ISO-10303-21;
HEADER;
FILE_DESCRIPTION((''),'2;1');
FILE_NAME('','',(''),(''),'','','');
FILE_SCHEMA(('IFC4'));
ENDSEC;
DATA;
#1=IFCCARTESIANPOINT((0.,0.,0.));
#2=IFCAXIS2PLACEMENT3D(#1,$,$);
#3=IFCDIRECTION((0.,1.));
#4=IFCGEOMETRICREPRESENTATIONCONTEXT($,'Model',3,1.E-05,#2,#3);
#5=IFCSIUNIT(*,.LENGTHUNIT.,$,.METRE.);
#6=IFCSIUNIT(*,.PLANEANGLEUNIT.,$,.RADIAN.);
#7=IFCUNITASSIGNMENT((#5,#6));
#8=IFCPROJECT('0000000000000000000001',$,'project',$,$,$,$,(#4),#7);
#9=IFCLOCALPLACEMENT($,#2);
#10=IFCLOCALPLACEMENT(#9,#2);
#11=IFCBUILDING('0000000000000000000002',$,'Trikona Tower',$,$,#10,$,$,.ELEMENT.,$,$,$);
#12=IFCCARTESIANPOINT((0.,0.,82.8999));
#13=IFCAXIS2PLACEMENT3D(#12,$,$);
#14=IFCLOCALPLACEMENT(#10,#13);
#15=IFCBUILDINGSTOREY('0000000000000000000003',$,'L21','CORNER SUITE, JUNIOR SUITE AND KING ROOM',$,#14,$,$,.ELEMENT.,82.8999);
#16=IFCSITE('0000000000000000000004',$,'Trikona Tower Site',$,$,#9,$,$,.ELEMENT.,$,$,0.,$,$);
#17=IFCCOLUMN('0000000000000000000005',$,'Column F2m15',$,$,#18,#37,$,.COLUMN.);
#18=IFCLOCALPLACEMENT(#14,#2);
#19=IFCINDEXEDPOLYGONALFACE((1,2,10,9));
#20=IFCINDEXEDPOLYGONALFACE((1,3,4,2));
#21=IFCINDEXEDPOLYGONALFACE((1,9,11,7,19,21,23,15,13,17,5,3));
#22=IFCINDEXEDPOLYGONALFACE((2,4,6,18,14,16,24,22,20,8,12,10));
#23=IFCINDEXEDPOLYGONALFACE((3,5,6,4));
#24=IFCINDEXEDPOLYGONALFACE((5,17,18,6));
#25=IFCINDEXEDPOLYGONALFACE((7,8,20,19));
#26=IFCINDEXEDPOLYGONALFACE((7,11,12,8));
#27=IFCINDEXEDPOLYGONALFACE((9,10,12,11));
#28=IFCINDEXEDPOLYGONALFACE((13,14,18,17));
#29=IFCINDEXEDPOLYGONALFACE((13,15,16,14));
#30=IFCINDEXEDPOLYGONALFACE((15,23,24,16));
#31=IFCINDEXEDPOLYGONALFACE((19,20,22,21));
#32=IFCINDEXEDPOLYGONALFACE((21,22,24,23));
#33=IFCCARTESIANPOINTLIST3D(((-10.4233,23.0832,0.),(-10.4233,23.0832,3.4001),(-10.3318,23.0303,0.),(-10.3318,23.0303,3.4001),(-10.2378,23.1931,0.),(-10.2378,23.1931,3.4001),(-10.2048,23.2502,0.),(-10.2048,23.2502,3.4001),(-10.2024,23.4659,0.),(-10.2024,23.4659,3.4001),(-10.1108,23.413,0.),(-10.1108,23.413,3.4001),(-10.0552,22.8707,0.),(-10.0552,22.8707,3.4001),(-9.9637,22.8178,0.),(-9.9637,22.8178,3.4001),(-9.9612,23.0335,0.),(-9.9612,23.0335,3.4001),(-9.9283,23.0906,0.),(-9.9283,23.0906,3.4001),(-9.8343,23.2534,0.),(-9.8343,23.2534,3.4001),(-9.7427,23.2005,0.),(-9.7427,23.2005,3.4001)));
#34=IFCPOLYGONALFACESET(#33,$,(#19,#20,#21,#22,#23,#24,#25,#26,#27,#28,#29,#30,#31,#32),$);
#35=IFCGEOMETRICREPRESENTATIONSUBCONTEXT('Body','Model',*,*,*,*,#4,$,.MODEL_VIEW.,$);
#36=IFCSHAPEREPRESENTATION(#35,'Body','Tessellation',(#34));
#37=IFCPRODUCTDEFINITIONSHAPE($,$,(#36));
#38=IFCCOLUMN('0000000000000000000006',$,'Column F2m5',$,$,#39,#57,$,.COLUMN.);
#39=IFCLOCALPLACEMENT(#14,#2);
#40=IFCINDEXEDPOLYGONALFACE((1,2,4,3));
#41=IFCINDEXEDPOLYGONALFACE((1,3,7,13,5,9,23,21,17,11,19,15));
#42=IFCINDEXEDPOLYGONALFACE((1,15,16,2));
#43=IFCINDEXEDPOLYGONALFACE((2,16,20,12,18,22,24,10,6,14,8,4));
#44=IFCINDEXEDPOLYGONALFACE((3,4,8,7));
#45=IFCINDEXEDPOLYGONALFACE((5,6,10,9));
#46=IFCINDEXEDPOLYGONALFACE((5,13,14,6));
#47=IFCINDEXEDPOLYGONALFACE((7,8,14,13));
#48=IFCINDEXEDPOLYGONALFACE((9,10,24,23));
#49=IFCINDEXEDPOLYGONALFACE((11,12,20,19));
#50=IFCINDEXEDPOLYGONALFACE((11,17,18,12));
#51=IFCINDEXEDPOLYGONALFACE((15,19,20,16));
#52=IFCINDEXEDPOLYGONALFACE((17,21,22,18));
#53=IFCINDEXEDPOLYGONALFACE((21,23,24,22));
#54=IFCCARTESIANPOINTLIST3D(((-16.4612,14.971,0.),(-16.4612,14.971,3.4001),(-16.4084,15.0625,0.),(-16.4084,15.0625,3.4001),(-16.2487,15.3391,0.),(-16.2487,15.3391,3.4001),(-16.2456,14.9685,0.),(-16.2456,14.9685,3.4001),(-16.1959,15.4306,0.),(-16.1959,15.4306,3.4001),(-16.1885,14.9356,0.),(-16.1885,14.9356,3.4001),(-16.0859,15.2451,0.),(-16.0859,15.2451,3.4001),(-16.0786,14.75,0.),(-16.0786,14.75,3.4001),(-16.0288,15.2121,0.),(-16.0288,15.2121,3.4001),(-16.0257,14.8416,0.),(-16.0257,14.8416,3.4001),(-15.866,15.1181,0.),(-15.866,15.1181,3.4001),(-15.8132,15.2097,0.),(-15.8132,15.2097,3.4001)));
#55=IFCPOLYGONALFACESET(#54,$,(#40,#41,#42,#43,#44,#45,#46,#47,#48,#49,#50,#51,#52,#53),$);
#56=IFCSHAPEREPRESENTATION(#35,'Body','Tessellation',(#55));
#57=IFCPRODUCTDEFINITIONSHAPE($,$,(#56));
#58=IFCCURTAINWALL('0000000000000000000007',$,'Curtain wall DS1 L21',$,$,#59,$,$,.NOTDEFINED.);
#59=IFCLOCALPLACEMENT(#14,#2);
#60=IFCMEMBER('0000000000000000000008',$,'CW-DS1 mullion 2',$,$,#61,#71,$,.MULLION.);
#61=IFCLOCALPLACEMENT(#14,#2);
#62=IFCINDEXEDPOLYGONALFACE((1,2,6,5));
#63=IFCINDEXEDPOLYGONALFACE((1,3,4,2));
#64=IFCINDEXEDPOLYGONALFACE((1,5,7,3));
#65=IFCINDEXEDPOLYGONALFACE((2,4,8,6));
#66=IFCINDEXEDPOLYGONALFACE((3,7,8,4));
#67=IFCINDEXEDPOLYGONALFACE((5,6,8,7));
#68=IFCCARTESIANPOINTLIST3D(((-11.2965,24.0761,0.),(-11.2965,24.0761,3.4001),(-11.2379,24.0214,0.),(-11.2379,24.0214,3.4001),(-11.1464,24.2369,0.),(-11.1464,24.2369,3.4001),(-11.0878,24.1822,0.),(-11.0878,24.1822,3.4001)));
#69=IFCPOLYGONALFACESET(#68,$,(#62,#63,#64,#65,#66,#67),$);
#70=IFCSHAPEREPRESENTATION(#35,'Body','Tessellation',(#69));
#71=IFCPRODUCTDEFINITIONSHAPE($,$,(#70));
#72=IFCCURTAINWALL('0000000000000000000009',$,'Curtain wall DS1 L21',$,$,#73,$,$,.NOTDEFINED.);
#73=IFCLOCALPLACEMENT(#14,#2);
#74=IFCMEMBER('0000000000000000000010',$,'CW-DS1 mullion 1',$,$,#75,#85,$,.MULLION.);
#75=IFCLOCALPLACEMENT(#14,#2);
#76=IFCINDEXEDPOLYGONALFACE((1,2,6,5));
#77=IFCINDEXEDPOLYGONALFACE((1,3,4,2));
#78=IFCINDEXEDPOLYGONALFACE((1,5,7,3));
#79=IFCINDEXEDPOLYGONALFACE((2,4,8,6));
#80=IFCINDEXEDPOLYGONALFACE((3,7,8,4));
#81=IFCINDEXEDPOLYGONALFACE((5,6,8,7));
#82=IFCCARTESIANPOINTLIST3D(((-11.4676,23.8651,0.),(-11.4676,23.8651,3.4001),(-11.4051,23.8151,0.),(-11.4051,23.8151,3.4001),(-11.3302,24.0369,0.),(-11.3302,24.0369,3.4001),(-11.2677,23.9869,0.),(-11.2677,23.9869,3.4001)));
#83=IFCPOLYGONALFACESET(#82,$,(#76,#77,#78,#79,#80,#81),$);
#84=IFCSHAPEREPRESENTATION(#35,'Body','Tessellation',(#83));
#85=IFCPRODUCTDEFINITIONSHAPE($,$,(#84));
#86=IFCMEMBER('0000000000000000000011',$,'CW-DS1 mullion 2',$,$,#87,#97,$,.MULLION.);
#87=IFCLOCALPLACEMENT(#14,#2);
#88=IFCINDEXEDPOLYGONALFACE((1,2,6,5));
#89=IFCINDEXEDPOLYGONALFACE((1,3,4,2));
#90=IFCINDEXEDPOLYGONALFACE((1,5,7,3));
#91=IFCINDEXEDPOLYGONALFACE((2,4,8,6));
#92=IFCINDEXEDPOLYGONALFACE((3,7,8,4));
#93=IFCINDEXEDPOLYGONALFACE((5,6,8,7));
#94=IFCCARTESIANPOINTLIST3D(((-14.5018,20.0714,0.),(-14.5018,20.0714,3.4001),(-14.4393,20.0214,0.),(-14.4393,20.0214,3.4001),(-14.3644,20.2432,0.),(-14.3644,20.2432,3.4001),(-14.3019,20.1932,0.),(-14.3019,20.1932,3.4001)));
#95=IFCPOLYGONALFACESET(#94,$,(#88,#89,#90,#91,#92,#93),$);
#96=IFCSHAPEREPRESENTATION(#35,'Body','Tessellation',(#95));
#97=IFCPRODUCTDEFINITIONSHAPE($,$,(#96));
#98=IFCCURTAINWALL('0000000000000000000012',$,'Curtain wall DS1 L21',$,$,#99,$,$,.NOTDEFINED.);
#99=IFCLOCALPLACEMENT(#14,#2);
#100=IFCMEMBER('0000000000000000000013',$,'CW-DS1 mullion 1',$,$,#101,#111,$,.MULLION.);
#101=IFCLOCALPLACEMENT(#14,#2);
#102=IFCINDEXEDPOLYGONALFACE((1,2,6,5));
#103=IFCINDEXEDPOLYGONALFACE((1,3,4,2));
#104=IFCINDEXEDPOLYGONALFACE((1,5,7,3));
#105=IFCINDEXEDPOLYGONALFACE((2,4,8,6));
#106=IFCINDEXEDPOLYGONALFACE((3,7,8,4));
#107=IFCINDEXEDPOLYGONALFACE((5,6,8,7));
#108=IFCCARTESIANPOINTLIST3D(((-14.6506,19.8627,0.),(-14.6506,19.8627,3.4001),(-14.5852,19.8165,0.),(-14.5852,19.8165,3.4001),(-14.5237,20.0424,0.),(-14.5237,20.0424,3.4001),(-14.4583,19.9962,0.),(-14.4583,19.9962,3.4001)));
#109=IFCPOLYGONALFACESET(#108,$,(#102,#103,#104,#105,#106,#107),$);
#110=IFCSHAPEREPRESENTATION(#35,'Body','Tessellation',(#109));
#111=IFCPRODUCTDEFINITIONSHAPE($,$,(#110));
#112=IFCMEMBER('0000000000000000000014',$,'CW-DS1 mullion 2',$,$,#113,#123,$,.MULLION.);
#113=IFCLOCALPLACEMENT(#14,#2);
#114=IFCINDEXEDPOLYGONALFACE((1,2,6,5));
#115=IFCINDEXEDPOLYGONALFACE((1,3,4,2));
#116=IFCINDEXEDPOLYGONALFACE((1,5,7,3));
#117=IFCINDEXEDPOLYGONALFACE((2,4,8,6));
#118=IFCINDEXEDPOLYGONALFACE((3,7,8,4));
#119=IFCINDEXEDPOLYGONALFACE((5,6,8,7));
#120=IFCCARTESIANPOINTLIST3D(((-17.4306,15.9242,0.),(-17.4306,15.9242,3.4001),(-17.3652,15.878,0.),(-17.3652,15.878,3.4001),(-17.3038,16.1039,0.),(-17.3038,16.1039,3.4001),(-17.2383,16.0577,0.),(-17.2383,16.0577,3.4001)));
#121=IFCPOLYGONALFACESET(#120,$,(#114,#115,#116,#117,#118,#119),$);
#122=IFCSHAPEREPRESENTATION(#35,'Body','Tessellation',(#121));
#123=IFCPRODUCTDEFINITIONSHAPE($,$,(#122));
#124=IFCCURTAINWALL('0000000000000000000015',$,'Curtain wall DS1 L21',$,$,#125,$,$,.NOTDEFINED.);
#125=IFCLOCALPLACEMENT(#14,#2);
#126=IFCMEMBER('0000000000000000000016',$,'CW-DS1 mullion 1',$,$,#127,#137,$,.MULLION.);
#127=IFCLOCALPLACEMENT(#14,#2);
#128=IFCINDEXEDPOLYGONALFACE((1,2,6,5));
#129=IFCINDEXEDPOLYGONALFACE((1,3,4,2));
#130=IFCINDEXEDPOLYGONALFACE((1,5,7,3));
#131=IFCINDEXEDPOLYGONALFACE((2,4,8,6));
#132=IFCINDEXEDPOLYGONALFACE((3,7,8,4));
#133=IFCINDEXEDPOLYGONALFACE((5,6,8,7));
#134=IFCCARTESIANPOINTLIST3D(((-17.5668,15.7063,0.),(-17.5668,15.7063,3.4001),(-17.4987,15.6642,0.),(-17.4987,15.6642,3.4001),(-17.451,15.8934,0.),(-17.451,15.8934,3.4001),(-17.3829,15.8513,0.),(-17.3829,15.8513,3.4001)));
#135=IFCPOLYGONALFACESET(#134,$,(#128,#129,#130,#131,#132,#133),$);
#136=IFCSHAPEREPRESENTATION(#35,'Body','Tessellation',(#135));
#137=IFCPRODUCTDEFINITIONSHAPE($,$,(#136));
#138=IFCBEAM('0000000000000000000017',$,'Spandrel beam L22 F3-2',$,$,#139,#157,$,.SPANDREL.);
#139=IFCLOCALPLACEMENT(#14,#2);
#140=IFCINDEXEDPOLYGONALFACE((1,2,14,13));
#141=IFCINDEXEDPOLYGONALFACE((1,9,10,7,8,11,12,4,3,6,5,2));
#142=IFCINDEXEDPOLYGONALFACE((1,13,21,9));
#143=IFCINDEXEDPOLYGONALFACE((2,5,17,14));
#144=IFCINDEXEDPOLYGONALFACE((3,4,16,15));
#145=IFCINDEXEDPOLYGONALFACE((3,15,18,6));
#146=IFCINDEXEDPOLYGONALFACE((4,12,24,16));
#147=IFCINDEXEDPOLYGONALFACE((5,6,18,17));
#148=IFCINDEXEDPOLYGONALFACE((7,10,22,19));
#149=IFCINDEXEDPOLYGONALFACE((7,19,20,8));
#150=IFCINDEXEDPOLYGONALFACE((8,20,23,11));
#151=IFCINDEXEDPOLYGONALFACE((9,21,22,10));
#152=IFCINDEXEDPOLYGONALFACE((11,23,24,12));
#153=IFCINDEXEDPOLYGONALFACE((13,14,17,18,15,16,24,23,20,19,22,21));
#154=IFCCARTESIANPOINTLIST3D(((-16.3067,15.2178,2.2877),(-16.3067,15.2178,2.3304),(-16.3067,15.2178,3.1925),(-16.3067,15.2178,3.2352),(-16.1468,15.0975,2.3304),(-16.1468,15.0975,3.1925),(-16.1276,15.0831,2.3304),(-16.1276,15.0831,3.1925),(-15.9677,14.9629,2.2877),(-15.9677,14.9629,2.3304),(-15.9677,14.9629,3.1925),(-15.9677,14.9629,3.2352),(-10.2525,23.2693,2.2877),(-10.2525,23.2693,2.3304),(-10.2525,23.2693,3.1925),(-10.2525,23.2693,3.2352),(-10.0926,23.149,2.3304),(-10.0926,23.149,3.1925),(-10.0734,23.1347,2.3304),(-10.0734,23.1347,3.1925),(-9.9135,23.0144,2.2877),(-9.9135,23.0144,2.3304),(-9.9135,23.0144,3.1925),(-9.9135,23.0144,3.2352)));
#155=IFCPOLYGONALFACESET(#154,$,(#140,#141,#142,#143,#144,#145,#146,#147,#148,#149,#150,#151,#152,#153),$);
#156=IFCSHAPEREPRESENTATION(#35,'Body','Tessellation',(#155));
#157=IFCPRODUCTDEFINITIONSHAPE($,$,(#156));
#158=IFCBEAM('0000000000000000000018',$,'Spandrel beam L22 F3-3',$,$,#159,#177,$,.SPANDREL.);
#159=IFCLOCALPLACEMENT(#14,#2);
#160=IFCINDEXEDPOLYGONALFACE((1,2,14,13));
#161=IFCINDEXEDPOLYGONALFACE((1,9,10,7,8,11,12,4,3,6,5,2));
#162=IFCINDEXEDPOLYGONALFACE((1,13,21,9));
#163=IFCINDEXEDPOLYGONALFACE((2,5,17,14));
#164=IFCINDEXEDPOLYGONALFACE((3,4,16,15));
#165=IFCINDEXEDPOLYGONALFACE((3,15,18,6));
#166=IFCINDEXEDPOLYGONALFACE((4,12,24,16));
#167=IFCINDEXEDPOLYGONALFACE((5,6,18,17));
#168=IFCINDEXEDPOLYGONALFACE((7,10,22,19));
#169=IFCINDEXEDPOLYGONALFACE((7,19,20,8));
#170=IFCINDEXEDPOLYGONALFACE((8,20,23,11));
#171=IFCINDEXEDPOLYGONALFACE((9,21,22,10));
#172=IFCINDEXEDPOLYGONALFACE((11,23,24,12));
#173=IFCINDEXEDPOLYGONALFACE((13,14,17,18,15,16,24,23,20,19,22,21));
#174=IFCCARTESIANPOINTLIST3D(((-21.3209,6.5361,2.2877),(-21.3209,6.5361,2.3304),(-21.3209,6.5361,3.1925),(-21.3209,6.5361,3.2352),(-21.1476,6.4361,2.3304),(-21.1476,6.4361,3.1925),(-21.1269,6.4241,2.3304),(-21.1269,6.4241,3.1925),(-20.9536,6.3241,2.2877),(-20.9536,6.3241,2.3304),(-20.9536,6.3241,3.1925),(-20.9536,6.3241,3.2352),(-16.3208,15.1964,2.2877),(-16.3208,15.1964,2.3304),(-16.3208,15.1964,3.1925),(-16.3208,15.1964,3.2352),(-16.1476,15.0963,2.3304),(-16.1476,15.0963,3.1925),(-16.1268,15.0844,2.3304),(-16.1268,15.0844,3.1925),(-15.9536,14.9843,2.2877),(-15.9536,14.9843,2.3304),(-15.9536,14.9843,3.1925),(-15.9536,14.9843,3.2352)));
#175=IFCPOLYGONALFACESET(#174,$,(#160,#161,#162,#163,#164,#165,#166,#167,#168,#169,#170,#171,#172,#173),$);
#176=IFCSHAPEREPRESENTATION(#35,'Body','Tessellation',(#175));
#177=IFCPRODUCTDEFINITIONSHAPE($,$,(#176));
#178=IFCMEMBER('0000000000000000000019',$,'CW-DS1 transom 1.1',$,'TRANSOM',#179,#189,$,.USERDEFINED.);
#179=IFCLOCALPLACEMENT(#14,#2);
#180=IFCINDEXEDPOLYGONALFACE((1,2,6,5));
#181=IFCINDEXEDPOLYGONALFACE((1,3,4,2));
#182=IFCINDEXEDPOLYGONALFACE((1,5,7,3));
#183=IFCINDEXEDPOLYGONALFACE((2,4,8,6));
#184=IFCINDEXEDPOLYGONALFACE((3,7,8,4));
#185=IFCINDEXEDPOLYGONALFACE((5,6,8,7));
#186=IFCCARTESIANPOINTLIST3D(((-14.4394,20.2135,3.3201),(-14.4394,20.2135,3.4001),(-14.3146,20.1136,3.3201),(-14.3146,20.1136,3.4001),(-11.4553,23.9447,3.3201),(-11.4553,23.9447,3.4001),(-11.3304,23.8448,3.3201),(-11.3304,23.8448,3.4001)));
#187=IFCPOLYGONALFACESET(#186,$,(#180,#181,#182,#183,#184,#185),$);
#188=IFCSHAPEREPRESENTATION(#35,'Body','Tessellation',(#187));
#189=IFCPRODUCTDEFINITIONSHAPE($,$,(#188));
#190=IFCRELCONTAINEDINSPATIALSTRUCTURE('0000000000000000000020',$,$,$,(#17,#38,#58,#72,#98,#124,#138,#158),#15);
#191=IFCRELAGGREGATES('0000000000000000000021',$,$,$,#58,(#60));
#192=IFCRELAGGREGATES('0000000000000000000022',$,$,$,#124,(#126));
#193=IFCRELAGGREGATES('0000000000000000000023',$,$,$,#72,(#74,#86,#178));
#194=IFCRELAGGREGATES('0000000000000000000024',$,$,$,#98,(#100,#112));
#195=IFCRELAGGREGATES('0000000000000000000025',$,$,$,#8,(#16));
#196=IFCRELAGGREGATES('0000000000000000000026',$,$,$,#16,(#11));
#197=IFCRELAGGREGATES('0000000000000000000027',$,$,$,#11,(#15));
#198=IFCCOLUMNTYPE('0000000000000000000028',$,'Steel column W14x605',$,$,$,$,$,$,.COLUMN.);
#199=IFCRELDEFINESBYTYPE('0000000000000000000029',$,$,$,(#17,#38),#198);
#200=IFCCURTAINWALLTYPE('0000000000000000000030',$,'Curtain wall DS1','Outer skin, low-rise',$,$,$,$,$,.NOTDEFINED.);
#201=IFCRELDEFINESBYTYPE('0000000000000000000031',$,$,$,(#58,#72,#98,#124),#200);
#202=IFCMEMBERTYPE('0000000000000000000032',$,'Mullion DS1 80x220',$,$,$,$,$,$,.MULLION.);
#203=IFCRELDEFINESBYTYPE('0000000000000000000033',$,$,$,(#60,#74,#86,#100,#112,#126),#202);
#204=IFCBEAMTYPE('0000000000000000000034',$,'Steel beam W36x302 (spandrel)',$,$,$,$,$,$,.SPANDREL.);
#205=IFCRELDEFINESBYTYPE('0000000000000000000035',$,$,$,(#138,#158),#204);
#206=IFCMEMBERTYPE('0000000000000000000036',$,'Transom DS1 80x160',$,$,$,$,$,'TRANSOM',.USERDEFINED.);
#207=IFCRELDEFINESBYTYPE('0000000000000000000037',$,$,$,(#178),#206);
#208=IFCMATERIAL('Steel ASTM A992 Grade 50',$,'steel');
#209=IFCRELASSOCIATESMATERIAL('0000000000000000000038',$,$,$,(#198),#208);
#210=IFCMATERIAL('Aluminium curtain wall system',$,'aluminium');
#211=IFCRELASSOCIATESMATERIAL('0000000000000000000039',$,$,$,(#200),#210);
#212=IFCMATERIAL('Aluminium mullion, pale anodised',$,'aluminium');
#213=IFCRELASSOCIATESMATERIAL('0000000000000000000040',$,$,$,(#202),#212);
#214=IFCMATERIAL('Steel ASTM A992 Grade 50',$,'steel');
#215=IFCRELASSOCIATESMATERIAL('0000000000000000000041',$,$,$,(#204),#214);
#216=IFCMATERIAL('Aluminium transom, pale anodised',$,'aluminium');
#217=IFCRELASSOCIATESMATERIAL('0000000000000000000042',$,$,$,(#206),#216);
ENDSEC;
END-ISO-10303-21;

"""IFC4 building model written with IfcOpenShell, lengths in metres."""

from ifc_helpers import new_model, si_unit, direction, frame, origin, origin_2d, place, context, subcontext, project, spatial, rectangle, i_section, extrude, material, material_profile, profile_set, type_object, element, aggregate, save


model = new_model("IFC4")

# Units and contexts
model_context = context("Model", 3, precision=1e-05, world=origin(), true_north=direction((0.0, 1.0)))
body_context = subcontext(model_context, "Body", "Model", "MODEL_VIEW")
ifc_project = project(units=[si_unit("LENGTHUNIT", "METRE"), si_unit("PLANEANGLEUNIT", "RADIAN")], contexts=[model_context])

# Site, building, storey
site_placement = place(None, origin())
site = spatial("IfcSite", under=ifc_project, at=site_placement, Name="Trikona Tower Site", CompositionType="ELEMENT", RefElevation=0.0)
building_placement = place(site_placement, origin())
building = spatial("IfcBuilding", under=site, at=building_placement, Name="Trikona Tower", CompositionType="ELEMENT")
storey_placement = place(building_placement, frame((0.0, 0.0, 82.8999)))
storey = spatial("IfcBuildingStorey", under=building, at=storey_placement, Name="L21", Description="CORNER SUITE, JUNIOR SUITE AND KING ROOM", CompositionType="ELEMENT", Elevation=82.8999)

# Columns
ifc_material_1 = material(Name="Steel ASTM A992 Grade 50", Category="steel")
ifc_material_profile_1 = material_profile(ifc_material_1, i_section(OverallWidth=0.4419, OverallDepth=0.5308, WebThickness=0.0659, FlangeThickness=0.1057, at=origin_2d()), Name="W14X605")
ifc_profile_set_1 = profile_set([ifc_material_profile_1], Name="Steel ASTM A992 Grade 50")
column_type = type_object("IfcColumnType", Name="Steel column W14x605", PredefinedType="COLUMN", material=ifc_profile_set_1)
for number, where, z_axis, x_axis, name in (
    (1, (-10.083, 23.1418, 0.0), (0.0, 0.0, 1.0), (-0.5, -0.866025, 0.0), "Column F2m15"),
    (2, (-16.1372, 15.0903, 0.0), (0.0, 0.0, 1.0), (-0.866025, 0.5, 0.0), "Column F2m5"),
):
    element("IfcColumn", number, at=place(storey_placement, frame(where, z_axis=z_axis, x_axis=x_axis)), inside=storey, type_object=column_type, Name=name, PredefinedType="COLUMN", context=body_context, shape_type="SweptSolid", body=[
        extrude(i_section(OverallWidth=0.4419, OverallDepth=0.5308, WebThickness=0.0659, FlangeThickness=0.1057, at=origin_2d()), origin(), (0.0, 0.0, 1.0), 3.4001),
    ])

# Curtain wall, member
ifc_material_2 = material(Name="Aluminium curtain wall system", Category="aluminium")
curtain_wall_type = type_object("IfcCurtainWallType", Name="Curtain wall DS1", Description="Outer skin, low-rise", PredefinedType="NOTDEFINED", material=ifc_material_2)
curtain_wall_1_placement = place(storey_placement, origin())
curtain_wall_1 = element("IfcCurtainWall", 3, at=curtain_wall_1_placement, inside=storey, type_object=curtain_wall_type, Name="Curtain wall DS1 L21", PredefinedType="NOTDEFINED")
ifc_material_3 = material(Name="Aluminium mullion, pale anodised", Category="aluminium")
ifc_material_profile_2 = material_profile(ifc_material_3, rectangle(XDim=0.0801, YDim=0.22, at=origin_2d()), Name="MUL-DS1")
ifc_profile_set_2 = profile_set([ifc_material_profile_2], Name="Aluminium mullion, pale anodised")
member_type_1 = type_object("IfcMemberType", Name="Mullion DS1 80x220", PredefinedType="MULLION", material=ifc_profile_set_2)
member_1_placement = place(storey_placement, frame((-11.1921, 24.1292, 0.0), z_axis=(0.0, 0.0, 1.0), x_axis=(0.731077, -0.682295, 0.0)))
member_1 = element("IfcMember", 4, at=member_1_placement, type_object=member_type_1, Name="CW-DS1 mullion 2", PredefinedType="MULLION", context=body_context, shape_type="SweptSolid", body=[
    extrude(rectangle(XDim=0.0801, YDim=0.22, at=origin_2d()), origin(), (0.0, 0.0, 1.0), 3.4001),
])
aggregate(curtain_wall_1, [member_1])

# Curtain walls, members
curtain_wall_2_placement = place(storey_placement, origin())
curtain_wall_2 = element("IfcCurtainWall", 5, at=curtain_wall_2_placement, inside=storey, type_object=curtain_wall_type, Name="Curtain wall DS1 L21", PredefinedType="NOTDEFINED")
member_2_placement = place(storey_placement, frame((-11.3677, 23.926, 0.0), z_axis=(0.0, 0.0, 1.0), x_axis=(0.780938, -0.624609, 0.0)))
member_2 = element("IfcMember", 6, at=member_2_placement, type_object=member_type_1, Name="CW-DS1 mullion 1", PredefinedType="MULLION", context=body_context, shape_type="SweptSolid", body=[
    extrude(rectangle(XDim=0.0801, YDim=0.22, at=origin_2d()), origin(), (0.0, 0.0, 1.0), 3.4001),
])
member_3_placement = place(storey_placement, frame((-14.4019, 20.1323, 0.0), z_axis=(0.0, 0.0, 1.0), x_axis=(0.780938, -0.624609, 0.0)))
member_3 = element("IfcMember", 7, at=member_3_placement, type_object=member_type_1, Name="CW-DS1 mullion 2", PredefinedType="MULLION", context=body_context, shape_type="SweptSolid", body=[
    extrude(rectangle(XDim=0.0801, YDim=0.22, at=origin_2d()), origin(), (0.0, 0.0, 1.0), 3.4001),
])
curtain_wall_3_placement = place(storey_placement, origin())
curtain_wall_3 = element("IfcCurtainWall", 8, at=curtain_wall_3_placement, inside=storey, type_object=curtain_wall_type, Name="Curtain wall DS1 L21", PredefinedType="NOTDEFINED")
member_4_placement = place(storey_placement, frame((-14.5544, 19.9294, 0.0), z_axis=(0.0, 0.0, 1.0), x_axis=(0.816985, -0.576658, 0.0)))
member_4 = element("IfcMember", 9, at=member_4_placement, type_object=member_type_1, Name="CW-DS1 mullion 1", PredefinedType="MULLION", context=body_context, shape_type="SweptSolid", body=[
    extrude(rectangle(XDim=0.0801, YDim=0.22, at=origin_2d()), origin(), (0.0, 0.0, 1.0), 3.4001),
])
member_5_placement = place(storey_placement, frame((-17.3345, 15.991, 0.0), z_axis=(0.0, 0.0, 1.0), x_axis=(0.816985, -0.576658, 0.0)))
member_5 = element("IfcMember", 10, at=member_5_placement, type_object=member_type_1, Name="CW-DS1 mullion 2", PredefinedType="MULLION", context=body_context, shape_type="SweptSolid", body=[
    extrude(rectangle(XDim=0.0801, YDim=0.22, at=origin_2d()), origin(), (0.0, 0.0, 1.0), 3.4001),
])

# Curtain wall, member
curtain_wall_4_placement = place(storey_placement, origin())
curtain_wall_4 = element("IfcCurtainWall", 11, at=curtain_wall_4_placement, inside=storey, type_object=curtain_wall_type, Name="Curtain wall DS1 L21", PredefinedType="NOTDEFINED")
member_6_placement = place(storey_placement, frame((-17.4749, 15.7788, 0.0), z_axis=(0.0, 0.0, 1.0), x_axis=(0.85041, -0.52612, 0.0)))
member_6 = element("IfcMember", 12, at=member_6_placement, type_object=member_type_1, Name="CW-DS1 mullion 1", PredefinedType="MULLION", context=body_context, shape_type="SweptSolid", body=[
    extrude(rectangle(XDim=0.0801, YDim=0.22, at=origin_2d()), origin(), (0.0, 0.0, 1.0), 3.4001),
])

# Beams
ifc_material_4 = material(Name="Steel ASTM A992 Grade 50", Category="steel")
ifc_material_profile_3 = material_profile(ifc_material_4, i_section(OverallWidth=0.4241, OverallDepth=0.9475, WebThickness=0.0239, FlangeThickness=0.0427, at=origin_2d()), Name="W36X302")
ifc_profile_set_3 = profile_set([ifc_material_profile_3], Name="Steel ASTM A992 Grade 50")
beam_type = type_object("IfcBeamType", Name="Steel beam W36x302 (spandrel)", PredefinedType="SPANDREL", material=ifc_profile_set_3)
beam_1_placement = place(storey_placement, frame((-10.083, 23.1418, 2.7615), z_axis=(-0.600988, -0.799258, 0.0), x_axis=(0.799258, -0.600988, 0.0)))
element("IfcBeam", 13, at=beam_1_placement, inside=storey, type_object=beam_type, Name="Spandrel beam L22 F3-2", PredefinedType="SPANDREL", context=body_context, shape_type="SweptSolid", body=[
    extrude(i_section(OverallWidth=0.4241, OverallDepth=0.9475, WebThickness=0.0239, FlangeThickness=0.0427, at=origin_2d()), origin(), (0.0, 0.0, 1.0), 10.0737),
])
beam_2_placement = place(storey_placement, frame((-16.1372, 15.0903, 2.7615), z_axis=(-0.500004, -0.866023, 0.0), x_axis=(0.866023, -0.500004, 0.0)))
element("IfcBeam", 14, at=beam_2_placement, inside=storey, type_object=beam_type, Name="Spandrel beam L22 F3-3", PredefinedType="SPANDREL", context=body_context, shape_type="SweptSolid", body=[
    extrude(i_section(OverallWidth=0.4241, OverallDepth=0.9475, WebThickness=0.0239, FlangeThickness=0.0427, at=origin_2d()), origin(), (0.0, 0.0, 1.0), 10.0),
])

# Member
ifc_material_5 = material(Name="Aluminium transom, pale anodised", Category="aluminium")
ifc_material_profile_4 = material_profile(ifc_material_5, rectangle(XDim=0.1599, YDim=0.0801, at=origin_2d()), Name="TRN-DS1")
ifc_profile_set_4 = profile_set([ifc_material_profile_4], Name="Aluminium transom, pale anodised")
member_type_2 = type_object("IfcMemberType", Name="Transom DS1 80x160", ElementType="TRANSOM", PredefinedType="USERDEFINED", material=ifc_profile_set_4)
member_7_placement = place(storey_placement, frame((-11.3928, 23.8948, 3.3601), z_axis=(-0.624589, -0.780954, 0.0), x_axis=(0.780954, -0.624589, 0.0)))
member_7 = element("IfcMember", 15, at=member_7_placement, type_object=member_type_2, Name="CW-DS1 transom 1.1", ObjectType="TRANSOM", PredefinedType="USERDEFINED", context=body_context, shape_type="SweptSolid", body=[
    extrude(rectangle(XDim=0.1599, YDim=0.0801, at=origin_2d()), origin(), (0.0, 0.0, 1.0), 4.7778),
])
aggregate(curtain_wall_4, [member_6])

aggregate(curtain_wall_2, [member_2, member_3, member_7])
aggregate(curtain_wall_3, [member_4, member_5])

save(model, "model.ifc")
